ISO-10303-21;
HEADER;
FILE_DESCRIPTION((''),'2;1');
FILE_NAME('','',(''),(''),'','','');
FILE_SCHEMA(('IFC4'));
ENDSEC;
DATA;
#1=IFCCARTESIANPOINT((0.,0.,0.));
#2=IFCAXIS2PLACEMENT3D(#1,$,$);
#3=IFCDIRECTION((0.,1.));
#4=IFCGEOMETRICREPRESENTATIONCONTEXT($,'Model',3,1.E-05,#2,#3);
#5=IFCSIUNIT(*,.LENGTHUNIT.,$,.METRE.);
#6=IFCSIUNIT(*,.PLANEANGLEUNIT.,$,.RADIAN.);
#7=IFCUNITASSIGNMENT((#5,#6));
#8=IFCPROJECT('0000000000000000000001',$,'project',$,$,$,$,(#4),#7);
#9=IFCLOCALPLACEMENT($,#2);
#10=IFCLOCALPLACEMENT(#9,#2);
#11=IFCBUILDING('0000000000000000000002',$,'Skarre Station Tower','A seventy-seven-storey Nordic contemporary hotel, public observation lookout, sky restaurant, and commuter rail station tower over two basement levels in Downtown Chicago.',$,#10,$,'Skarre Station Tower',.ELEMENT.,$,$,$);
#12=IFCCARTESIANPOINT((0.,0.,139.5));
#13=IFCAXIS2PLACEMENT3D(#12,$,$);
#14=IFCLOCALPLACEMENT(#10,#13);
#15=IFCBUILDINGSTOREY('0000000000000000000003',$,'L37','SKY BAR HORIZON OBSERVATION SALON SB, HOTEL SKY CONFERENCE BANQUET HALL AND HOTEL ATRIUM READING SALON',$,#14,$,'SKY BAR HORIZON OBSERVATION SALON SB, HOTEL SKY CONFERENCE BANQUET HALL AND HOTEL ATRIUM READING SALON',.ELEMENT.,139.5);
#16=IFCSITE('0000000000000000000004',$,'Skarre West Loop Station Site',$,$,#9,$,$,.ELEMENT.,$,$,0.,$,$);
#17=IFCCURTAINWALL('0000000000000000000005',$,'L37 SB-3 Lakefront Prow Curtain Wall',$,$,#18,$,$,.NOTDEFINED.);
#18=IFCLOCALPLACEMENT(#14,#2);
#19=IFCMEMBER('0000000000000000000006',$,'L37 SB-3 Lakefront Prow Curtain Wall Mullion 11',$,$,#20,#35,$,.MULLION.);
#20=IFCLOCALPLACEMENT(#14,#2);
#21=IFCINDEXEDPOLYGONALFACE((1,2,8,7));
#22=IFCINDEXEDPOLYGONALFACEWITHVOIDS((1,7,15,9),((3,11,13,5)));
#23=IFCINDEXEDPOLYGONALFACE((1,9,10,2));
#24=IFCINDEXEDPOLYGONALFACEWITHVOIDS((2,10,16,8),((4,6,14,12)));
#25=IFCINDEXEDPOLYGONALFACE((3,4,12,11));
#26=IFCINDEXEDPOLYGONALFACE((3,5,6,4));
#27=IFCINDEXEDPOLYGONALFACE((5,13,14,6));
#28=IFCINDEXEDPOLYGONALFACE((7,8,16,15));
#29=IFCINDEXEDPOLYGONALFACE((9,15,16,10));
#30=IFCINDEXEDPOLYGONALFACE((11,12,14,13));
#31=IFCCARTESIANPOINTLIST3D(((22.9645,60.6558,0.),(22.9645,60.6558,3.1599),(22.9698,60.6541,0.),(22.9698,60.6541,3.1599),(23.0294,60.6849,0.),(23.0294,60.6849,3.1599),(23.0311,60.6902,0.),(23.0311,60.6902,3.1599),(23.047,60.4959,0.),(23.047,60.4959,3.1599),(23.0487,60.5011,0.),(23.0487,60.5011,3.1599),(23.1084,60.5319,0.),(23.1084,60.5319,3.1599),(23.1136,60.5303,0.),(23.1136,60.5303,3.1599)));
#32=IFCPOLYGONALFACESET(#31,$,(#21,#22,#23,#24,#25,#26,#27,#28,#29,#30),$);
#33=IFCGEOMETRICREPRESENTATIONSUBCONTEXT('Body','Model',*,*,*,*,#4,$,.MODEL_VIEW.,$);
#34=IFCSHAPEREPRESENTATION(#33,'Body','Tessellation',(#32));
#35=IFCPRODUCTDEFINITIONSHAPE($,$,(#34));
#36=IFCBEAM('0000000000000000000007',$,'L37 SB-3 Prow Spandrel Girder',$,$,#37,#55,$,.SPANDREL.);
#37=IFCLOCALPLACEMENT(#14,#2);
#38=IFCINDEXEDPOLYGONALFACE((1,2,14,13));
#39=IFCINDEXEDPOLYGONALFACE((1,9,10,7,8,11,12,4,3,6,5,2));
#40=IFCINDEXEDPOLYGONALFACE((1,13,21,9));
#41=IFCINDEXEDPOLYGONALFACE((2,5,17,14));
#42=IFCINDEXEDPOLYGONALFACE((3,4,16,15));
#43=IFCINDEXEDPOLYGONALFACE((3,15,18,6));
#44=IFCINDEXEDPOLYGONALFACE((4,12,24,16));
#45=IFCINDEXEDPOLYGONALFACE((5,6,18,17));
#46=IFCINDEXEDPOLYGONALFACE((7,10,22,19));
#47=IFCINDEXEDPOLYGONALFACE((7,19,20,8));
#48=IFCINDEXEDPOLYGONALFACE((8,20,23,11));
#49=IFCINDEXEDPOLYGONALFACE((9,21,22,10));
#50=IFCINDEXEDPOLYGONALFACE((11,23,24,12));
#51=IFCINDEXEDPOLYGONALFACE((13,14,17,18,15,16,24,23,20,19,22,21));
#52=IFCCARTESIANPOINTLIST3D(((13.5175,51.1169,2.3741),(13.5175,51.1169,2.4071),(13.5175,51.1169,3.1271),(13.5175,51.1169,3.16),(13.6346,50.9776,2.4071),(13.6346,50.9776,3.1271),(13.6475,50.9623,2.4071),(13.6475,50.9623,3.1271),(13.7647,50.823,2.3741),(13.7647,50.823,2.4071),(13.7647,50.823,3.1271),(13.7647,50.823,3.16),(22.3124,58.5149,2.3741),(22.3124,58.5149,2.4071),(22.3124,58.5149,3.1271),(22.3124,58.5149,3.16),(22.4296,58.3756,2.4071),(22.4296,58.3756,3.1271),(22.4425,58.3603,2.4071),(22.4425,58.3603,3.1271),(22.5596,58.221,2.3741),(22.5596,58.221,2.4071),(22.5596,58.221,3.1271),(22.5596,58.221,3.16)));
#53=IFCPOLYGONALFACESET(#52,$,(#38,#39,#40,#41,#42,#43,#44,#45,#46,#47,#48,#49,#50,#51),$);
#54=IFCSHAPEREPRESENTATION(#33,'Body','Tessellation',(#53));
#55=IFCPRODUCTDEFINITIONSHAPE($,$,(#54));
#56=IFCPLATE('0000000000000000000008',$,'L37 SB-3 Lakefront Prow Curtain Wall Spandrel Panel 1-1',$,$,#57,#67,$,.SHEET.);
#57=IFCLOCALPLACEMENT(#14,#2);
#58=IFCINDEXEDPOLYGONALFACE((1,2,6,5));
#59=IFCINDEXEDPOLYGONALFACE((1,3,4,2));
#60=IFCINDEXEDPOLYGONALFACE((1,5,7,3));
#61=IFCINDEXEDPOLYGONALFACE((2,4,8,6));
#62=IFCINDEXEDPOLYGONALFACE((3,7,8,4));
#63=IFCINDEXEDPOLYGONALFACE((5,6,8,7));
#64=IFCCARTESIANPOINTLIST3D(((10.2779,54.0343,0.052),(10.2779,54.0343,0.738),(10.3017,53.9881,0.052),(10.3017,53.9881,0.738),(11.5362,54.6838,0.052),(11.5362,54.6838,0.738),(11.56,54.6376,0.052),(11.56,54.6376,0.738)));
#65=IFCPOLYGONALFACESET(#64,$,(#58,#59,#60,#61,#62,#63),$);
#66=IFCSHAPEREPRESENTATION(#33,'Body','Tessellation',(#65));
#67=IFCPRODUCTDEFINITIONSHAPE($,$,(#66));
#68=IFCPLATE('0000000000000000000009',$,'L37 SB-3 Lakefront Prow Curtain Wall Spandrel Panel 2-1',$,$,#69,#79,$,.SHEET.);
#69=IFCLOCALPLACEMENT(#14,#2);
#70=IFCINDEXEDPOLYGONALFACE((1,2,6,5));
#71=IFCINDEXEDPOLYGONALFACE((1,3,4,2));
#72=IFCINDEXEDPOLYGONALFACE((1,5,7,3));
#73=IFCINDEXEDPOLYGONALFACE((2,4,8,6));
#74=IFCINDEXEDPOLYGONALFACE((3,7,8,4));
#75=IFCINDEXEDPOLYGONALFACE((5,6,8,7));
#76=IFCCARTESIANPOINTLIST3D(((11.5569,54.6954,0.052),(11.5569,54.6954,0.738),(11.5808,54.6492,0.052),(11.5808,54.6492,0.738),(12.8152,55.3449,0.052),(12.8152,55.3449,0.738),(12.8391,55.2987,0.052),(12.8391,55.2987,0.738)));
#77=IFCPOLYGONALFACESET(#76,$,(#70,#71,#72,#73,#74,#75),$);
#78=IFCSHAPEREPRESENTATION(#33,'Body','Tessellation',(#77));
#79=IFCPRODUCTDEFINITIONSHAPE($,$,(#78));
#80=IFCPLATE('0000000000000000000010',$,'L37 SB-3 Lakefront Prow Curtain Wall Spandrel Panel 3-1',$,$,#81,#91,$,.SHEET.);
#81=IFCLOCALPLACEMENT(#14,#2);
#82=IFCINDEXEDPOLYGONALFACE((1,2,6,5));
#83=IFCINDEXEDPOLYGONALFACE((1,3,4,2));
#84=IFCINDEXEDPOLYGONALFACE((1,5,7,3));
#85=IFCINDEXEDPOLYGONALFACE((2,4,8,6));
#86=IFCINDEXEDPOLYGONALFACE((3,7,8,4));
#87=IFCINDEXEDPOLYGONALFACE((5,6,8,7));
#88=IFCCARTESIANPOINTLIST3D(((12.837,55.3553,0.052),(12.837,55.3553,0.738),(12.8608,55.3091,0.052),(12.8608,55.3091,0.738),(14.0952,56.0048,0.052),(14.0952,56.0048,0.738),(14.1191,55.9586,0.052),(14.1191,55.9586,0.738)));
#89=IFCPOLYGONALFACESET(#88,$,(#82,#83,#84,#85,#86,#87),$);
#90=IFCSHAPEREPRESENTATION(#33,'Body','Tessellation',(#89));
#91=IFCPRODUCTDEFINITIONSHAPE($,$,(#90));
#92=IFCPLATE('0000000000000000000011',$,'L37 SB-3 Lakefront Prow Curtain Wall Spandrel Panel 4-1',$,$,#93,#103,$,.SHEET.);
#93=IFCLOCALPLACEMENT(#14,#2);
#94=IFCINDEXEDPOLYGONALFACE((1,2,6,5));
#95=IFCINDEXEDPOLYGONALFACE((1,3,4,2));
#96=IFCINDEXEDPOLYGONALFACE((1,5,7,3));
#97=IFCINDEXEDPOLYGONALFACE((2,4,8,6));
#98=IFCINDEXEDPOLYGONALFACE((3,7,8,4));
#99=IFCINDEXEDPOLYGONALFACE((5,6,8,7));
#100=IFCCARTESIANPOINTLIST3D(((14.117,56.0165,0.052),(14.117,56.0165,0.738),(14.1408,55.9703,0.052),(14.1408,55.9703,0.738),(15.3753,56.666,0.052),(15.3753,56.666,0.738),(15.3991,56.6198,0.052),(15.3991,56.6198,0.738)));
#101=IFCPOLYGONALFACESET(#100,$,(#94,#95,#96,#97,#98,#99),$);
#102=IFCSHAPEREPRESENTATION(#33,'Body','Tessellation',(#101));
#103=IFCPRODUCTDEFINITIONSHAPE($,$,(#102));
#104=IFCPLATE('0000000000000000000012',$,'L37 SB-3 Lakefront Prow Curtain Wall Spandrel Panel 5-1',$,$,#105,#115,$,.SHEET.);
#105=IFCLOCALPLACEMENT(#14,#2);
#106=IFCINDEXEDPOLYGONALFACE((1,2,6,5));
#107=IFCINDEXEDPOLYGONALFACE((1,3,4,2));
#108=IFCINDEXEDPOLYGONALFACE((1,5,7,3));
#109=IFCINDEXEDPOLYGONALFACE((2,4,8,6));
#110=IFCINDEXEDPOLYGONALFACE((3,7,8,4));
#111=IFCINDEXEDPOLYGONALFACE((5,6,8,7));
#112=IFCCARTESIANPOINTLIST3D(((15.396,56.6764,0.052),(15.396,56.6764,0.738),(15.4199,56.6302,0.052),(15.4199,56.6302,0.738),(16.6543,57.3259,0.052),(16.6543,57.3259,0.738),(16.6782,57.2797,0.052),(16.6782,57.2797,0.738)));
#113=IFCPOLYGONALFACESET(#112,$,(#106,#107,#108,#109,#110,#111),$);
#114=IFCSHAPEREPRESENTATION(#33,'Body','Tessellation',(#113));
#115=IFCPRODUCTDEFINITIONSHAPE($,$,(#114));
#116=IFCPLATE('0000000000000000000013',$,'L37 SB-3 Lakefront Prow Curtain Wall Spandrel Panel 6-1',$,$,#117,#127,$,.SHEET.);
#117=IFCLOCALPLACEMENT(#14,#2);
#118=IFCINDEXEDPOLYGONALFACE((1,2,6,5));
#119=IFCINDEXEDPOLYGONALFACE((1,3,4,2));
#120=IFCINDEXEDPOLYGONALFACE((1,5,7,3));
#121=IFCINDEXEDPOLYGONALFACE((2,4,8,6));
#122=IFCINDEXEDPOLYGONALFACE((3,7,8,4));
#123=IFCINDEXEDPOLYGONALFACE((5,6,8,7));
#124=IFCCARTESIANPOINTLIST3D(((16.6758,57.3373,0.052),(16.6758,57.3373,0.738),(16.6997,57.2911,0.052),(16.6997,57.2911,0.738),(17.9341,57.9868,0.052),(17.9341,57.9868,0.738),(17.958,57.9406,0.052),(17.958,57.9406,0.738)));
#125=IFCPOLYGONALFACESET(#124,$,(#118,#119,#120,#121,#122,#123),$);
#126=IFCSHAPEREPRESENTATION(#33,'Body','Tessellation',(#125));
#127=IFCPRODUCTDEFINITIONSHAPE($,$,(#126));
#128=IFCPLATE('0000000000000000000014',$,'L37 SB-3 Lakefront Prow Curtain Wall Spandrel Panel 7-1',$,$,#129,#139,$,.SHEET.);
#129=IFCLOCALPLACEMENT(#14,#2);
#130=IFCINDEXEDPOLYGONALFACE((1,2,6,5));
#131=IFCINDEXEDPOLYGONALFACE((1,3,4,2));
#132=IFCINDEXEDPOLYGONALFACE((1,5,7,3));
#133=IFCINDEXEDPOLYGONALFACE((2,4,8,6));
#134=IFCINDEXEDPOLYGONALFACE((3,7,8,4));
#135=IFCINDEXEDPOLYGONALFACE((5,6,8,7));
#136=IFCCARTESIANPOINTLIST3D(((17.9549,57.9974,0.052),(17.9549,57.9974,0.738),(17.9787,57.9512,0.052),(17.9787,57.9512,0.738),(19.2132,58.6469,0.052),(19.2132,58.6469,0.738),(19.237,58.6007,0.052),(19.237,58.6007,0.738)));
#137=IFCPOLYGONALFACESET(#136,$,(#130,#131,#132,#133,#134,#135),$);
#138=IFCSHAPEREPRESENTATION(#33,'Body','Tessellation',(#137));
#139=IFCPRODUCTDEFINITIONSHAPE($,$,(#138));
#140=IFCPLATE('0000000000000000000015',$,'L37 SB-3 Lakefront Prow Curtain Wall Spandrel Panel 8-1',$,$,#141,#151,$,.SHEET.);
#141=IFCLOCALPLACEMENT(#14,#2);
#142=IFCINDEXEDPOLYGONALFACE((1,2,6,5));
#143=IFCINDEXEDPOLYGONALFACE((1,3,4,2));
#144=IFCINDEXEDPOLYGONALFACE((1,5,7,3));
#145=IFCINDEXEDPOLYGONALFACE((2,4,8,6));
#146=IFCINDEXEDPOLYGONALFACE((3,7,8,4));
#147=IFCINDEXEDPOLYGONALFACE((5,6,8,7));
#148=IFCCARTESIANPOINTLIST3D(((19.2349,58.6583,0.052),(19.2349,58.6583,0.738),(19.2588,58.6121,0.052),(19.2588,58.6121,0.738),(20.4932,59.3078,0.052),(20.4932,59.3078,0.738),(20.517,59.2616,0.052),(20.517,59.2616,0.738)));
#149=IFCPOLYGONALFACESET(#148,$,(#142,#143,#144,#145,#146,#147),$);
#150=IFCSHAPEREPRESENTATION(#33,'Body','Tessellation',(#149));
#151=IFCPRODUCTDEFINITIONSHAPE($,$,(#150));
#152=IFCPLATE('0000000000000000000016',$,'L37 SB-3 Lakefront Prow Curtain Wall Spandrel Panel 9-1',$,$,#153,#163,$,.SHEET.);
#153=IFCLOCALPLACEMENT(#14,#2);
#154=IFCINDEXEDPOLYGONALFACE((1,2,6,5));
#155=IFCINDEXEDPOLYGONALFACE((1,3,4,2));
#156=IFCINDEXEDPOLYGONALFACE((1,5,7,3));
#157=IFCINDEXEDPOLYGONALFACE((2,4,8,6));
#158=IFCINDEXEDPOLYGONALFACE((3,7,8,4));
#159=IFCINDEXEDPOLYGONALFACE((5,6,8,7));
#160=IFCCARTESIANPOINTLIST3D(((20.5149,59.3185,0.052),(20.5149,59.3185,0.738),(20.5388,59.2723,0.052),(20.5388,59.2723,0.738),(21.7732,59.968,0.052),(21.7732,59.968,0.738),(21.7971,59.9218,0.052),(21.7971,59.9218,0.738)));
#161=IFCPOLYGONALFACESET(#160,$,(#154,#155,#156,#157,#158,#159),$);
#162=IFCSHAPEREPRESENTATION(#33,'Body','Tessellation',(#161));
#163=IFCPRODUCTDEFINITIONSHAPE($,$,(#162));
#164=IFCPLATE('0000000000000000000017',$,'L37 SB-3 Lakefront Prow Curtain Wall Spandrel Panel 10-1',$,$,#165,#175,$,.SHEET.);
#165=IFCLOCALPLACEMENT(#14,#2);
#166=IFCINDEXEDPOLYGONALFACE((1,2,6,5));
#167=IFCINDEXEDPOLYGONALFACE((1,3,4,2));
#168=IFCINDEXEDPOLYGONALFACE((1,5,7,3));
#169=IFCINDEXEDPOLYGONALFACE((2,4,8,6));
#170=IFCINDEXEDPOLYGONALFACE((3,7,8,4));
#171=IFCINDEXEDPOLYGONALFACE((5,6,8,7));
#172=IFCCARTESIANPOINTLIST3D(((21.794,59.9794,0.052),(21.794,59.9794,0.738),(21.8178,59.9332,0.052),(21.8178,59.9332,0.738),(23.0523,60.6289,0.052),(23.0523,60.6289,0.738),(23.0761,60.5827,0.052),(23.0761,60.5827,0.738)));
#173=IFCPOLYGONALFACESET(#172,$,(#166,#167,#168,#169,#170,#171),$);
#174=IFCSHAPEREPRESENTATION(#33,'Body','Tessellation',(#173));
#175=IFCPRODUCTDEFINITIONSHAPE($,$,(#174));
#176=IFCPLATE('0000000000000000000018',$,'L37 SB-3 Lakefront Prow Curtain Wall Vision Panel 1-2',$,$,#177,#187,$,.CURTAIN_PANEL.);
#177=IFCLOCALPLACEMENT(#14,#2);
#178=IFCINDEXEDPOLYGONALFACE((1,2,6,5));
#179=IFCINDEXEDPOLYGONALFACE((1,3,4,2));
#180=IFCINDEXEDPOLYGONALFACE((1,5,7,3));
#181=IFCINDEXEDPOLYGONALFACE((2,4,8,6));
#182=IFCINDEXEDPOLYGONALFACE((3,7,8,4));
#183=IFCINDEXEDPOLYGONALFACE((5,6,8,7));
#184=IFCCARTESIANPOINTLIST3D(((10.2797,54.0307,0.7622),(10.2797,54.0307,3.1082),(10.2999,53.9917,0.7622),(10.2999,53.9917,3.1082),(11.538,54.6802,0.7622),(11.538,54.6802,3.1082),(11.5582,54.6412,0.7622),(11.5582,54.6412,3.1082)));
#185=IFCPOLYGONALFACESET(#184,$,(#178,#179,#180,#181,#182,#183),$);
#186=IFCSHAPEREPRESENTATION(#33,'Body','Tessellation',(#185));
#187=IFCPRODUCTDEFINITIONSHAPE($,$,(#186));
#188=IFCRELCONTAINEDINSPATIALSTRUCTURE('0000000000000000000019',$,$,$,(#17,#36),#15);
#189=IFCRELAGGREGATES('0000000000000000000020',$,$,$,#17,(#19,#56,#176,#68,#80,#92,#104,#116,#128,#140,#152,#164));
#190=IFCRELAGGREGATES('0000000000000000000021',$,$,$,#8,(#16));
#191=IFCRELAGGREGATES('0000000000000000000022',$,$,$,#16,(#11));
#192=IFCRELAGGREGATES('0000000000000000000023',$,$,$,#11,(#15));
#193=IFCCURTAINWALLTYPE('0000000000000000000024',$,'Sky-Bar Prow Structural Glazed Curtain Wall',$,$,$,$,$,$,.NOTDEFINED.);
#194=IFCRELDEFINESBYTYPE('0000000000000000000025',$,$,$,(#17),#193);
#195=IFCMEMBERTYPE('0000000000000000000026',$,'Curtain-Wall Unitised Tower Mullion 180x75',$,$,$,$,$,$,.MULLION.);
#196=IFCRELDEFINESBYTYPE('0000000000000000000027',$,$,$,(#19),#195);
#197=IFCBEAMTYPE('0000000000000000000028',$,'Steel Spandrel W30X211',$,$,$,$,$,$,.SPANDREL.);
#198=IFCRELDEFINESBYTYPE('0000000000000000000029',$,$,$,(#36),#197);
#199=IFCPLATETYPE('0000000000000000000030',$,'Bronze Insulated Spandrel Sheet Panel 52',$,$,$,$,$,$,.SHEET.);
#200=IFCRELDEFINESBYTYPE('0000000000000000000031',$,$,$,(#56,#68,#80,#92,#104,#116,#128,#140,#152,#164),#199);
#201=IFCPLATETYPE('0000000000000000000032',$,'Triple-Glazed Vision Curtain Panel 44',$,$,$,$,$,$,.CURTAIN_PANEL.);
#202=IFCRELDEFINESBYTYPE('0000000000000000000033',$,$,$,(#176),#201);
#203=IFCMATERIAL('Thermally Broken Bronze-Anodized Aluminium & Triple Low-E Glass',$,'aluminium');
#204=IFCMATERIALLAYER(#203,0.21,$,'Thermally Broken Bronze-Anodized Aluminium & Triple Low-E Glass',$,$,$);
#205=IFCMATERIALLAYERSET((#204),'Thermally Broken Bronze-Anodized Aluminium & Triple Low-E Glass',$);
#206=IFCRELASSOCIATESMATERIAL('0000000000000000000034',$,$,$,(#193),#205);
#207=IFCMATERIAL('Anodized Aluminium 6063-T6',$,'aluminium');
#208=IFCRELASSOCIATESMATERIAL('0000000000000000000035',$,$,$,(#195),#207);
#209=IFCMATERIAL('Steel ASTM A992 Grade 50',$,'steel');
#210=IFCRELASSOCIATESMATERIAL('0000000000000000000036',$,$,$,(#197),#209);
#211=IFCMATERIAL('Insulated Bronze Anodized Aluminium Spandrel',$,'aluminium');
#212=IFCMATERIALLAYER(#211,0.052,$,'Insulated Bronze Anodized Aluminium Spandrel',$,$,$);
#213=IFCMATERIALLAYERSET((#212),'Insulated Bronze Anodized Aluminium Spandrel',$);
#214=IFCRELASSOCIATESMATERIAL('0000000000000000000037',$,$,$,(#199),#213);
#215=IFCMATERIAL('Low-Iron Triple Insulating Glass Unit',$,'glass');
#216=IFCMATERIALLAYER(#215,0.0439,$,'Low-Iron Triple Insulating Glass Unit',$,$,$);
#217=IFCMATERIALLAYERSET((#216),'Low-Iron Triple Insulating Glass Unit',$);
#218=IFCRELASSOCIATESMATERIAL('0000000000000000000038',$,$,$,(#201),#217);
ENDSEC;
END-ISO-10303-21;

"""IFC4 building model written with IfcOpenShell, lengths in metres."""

from ifc_helpers import new_model, si_unit, direction, frame, origin, origin_2d, place, context, subcontext, project, spatial, rectangle, hollow_rectangle, i_section, extrude, material, layer, layer_set, material_profile, profile_set, type_object, element, aggregate, save


model = new_model("IFC4")

# Units and contexts
model_context = context("Model", 3, precision=1e-05, world=origin(), true_north=direction((0.0, 1.0)))
body_context = subcontext(model_context, "Body", "Model", "MODEL_VIEW")
ifc_project = project(units=[si_unit("LENGTHUNIT", "METRE"), si_unit("PLANEANGLEUNIT", "RADIAN")], contexts=[model_context])

# Site, building, storey
site_placement = place(None, origin())
site = spatial("IfcSite", under=ifc_project, at=site_placement, Name="Skarre West Loop Station Site", CompositionType="ELEMENT", RefElevation=0.0)
building_placement = place(site_placement, origin())
building = spatial("IfcBuilding", under=site, at=building_placement, Name="Skarre Station Tower", Description="A seventy-seven-storey Nordic contemporary hotel, public observation lookout, sky restaurant, and commuter rail station tower over two basement levels in Downtown Chicago.", LongName="Skarre Station Tower", CompositionType="ELEMENT")
storey_placement = place(building_placement, frame((0.0, 0.0, 139.5)))
storey = spatial("IfcBuildingStorey", under=building, at=storey_placement, Name="L37", Description="SKY BAR HORIZON OBSERVATION SALON SB, HOTEL SKY CONFERENCE BANQUET HALL AND HOTEL ATRIUM READING SALON", LongName="SKY BAR HORIZON OBSERVATION SALON SB, HOTEL SKY CONFERENCE BANQUET HALL AND HOTEL ATRIUM READING SALON", CompositionType="ELEMENT", Elevation=139.5)

# Curtain wall, member
ifc_material_1 = material(Name="Thermally Broken Bronze-Anodized Aluminium & Triple Low-E Glass", Category="aluminium")
ifc_layer_1 = layer(ifc_material_1, 0.21, Name="Thermally Broken Bronze-Anodized Aluminium & Triple Low-E Glass")
ifc_layer_set_1 = layer_set([ifc_layer_1], Name="Thermally Broken Bronze-Anodized Aluminium & Triple Low-E Glass")
curtain_wall_type = type_object("IfcCurtainWallType", Name="Sky-Bar Prow Structural Glazed Curtain Wall", PredefinedType="NOTDEFINED", material=ifc_layer_set_1)
curtain_wall_placement = place(storey_placement, origin())
curtain_wall = element("IfcCurtainWall", 1, at=curtain_wall_placement, inside=storey, type_object=curtain_wall_type, Name="L37 SB-3 Lakefront Prow Curtain Wall", PredefinedType="NOTDEFINED")
ifc_material_2 = material(Name="Anodized Aluminium 6063-T6", Category="aluminium")
ifc_material_profile_1 = material_profile(ifc_material_2, hollow_rectangle(XDim=0.075, YDim=0.1799, WallThickness=0.0039, at=origin_2d()), Name="Anodized Aluminium 6063-T6")
ifc_profile_set_1 = profile_set([ifc_material_profile_1], Name="Anodized Aluminium 6063-T6")
member_type = type_object("IfcMemberType", Name="Curtain-Wall Unitised Tower Mullion 180x75", PredefinedType="MULLION", material=ifc_profile_set_1)
member_1_placement = place(storey_placement, frame((23.0391, 60.593, 0.0), z_axis=(0.0, 0.0, 1.0), x_axis=(0.888601, 0.458681, 0.0)))
member_1 = element("IfcMember", 2, at=member_1_placement, type_object=member_type, Name="L37 SB-3 Lakefront Prow Curtain Wall Mullion 11", PredefinedType="MULLION", context=body_context, shape_type="SweptSolid", body=[
    extrude(hollow_rectangle(XDim=0.075, YDim=0.1799, WallThickness=0.0039, at=origin_2d()), origin(), (0.0, 0.0, 1.0), 3.1599),
])

# Beam
ifc_material_3 = material(Name="Steel ASTM A992 Grade 50", Category="steel")
ifc_material_profile_2 = material_profile(ifc_material_3, i_section(OverallWidth=0.384, OverallDepth=0.7859, WebThickness=0.02, FlangeThickness=0.033, at=origin_2d()), Name="Steel ASTM A992 Grade 50")
ifc_profile_set_2 = profile_set([ifc_material_profile_2], Name="Steel ASTM A992 Grade 50")
beam_type = type_object("IfcBeamType", Name="Steel Spandrel W30X211", PredefinedType="SPANDREL", material=ifc_profile_set_2)
beam_placement = place(storey_placement, frame((22.436, 58.3679, 2.7671), z_axis=(-0.765267, -0.643713, 0.0), x_axis=(0.643713, -0.765267, 0.0)))
element("IfcBeam", 3, at=beam_placement, inside=storey, type_object=beam_type, Name="L37 SB-3 Prow Spandrel Girder", PredefinedType="SPANDREL", context=body_context, shape_type="SweptSolid", body=[
    extrude(i_section(OverallWidth=0.384, OverallDepth=0.7859, WebThickness=0.02, FlangeThickness=0.033, at=origin_2d()), origin(), (0.0, 0.0, 1.0), 11.4927),
])

# Plates
ifc_material_4 = material(Name="Insulated Bronze Anodized Aluminium Spandrel", Category="aluminium")
ifc_layer_2 = layer(ifc_material_4, 0.052, Name="Insulated Bronze Anodized Aluminium Spandrel")
ifc_layer_set_2 = layer_set([ifc_layer_2], Name="Insulated Bronze Anodized Aluminium Spandrel")
plate_type_1 = type_object("IfcPlateType", Name="Bronze Insulated Spandrel Sheet Panel 52", PredefinedType="SHEET", material=ifc_layer_set_2)
plate_1_placement = place(storey_placement, frame((10.9189, 54.3359, 0.052), z_axis=(0.0, 0.0, 1.0), x_axis=(0.888601, 0.458681, 0.0)))
plate_1 = element("IfcPlate", 4, at=plate_1_placement, type_object=plate_type_1, Name="L37 SB-3 Lakefront Prow Curtain Wall Spandrel Panel 1-1", PredefinedType="SHEET", context=body_context, shape_type="SweptSolid", body=[
    extrude(rectangle(XDim=1.416, YDim=0.052, at=origin_2d()), origin(), (0.0, 0.0, 1.0), 0.686),
])
plate_2_placement = place(storey_placement, frame((12.198, 54.9971, 0.052), z_axis=(0.0, 0.0, 1.0), x_axis=(0.888601, 0.458681, 0.0)))
plate_2 = element("IfcPlate", 5, at=plate_2_placement, type_object=plate_type_1, Name="L37 SB-3 Lakefront Prow Curtain Wall Spandrel Panel 2-1", PredefinedType="SHEET", context=body_context, shape_type="SweptSolid", body=[
    extrude(rectangle(XDim=1.416, YDim=0.052, at=origin_2d()), origin(), (0.0, 0.0, 1.0), 0.686),
])
plate_3_placement = place(storey_placement, frame((13.478, 55.657, 0.052), z_axis=(0.0, 0.0, 1.0), x_axis=(0.888601, 0.458681, 0.0)))
plate_3 = element("IfcPlate", 6, at=plate_3_placement, type_object=plate_type_1, Name="L37 SB-3 Lakefront Prow Curtain Wall Spandrel Panel 3-1", PredefinedType="SHEET", context=body_context, shape_type="SweptSolid", body=[
    extrude(rectangle(XDim=1.416, YDim=0.052, at=origin_2d()), origin(), (0.0, 0.0, 1.0), 0.686),
])
plate_4_placement = place(storey_placement, frame((14.7581, 56.3181, 0.052), z_axis=(0.0, 0.0, 1.0), x_axis=(0.888601, 0.458681, 0.0)))
plate_4 = element("IfcPlate", 7, at=plate_4_placement, type_object=plate_type_1, Name="L37 SB-3 Lakefront Prow Curtain Wall Spandrel Panel 4-1", PredefinedType="SHEET", context=body_context, shape_type="SweptSolid", body=[
    extrude(rectangle(XDim=1.416, YDim=0.052, at=origin_2d()), origin(), (0.0, 0.0, 1.0), 0.686),
])
plate_5_placement = place(storey_placement, frame((16.0371, 56.978, 0.052), z_axis=(0.0, 0.0, 1.0), x_axis=(0.888601, 0.458681, 0.0)))
plate_5 = element("IfcPlate", 8, at=plate_5_placement, type_object=plate_type_1, Name="L37 SB-3 Lakefront Prow Curtain Wall Spandrel Panel 5-1", PredefinedType="SHEET", context=body_context, shape_type="SweptSolid", body=[
    extrude(rectangle(XDim=1.416, YDim=0.052, at=origin_2d()), origin(), (0.0, 0.0, 1.0), 0.686),
])
plate_6_placement = place(storey_placement, frame((17.3169, 57.6389, 0.052), z_axis=(0.0, 0.0, 1.0), x_axis=(0.888601, 0.458681, 0.0)))
plate_6 = element("IfcPlate", 9, at=plate_6_placement, type_object=plate_type_1, Name="L37 SB-3 Lakefront Prow Curtain Wall Spandrel Panel 6-1", PredefinedType="SHEET", context=body_context, shape_type="SweptSolid", body=[
    extrude(rectangle(XDim=1.416, YDim=0.052, at=origin_2d()), origin(), (0.0, 0.0, 1.0), 0.686),
])
plate_7_placement = place(storey_placement, frame((18.5959, 58.2991, 0.052), z_axis=(0.0, 0.0, 1.0), x_axis=(0.888601, 0.458681, 0.0)))
plate_7 = element("IfcPlate", 10, at=plate_7_placement, type_object=plate_type_1, Name="L37 SB-3 Lakefront Prow Curtain Wall Spandrel Panel 7-1", PredefinedType="SHEET", context=body_context, shape_type="SweptSolid", body=[
    extrude(rectangle(XDim=1.416, YDim=0.052, at=origin_2d()), origin(), (0.0, 0.0, 1.0), 0.686),
])
plate_8_placement = place(storey_placement, frame((19.876, 58.96, 0.052), z_axis=(0.0, 0.0, 1.0), x_axis=(0.888601, 0.458681, 0.0)))
plate_8 = element("IfcPlate", 11, at=plate_8_placement, type_object=plate_type_1, Name="L37 SB-3 Lakefront Prow Curtain Wall Spandrel Panel 8-1", PredefinedType="SHEET", context=body_context, shape_type="SweptSolid", body=[
    extrude(rectangle(XDim=1.416, YDim=0.052, at=origin_2d()), origin(), (0.0, 0.0, 1.0), 0.686),
])
plate_9_placement = place(storey_placement, frame((21.156, 59.6201, 0.052), z_axis=(0.0, 0.0, 1.0), x_axis=(0.888601, 0.458681, 0.0)))
plate_9 = element("IfcPlate", 12, at=plate_9_placement, type_object=plate_type_1, Name="L37 SB-3 Lakefront Prow Curtain Wall Spandrel Panel 9-1", PredefinedType="SHEET", context=body_context, shape_type="SweptSolid", body=[
    extrude(rectangle(XDim=1.416, YDim=0.052, at=origin_2d()), origin(), (0.0, 0.0, 1.0), 0.686),
])
plate_10_placement = place(storey_placement, frame((22.4351, 60.281, 0.052), z_axis=(0.0, 0.0, 1.0), x_axis=(0.888601, 0.458681, 0.0)))
plate_10 = element("IfcPlate", 13, at=plate_10_placement, type_object=plate_type_1, Name="L37 SB-3 Lakefront Prow Curtain Wall Spandrel Panel 10-1", PredefinedType="SHEET", context=body_context, shape_type="SweptSolid", body=[
    extrude(rectangle(XDim=1.416, YDim=0.052, at=origin_2d()), origin(), (0.0, 0.0, 1.0), 0.686),
])
ifc_material_5 = material(Name="Low-Iron Triple Insulating Glass Unit", Category="glass")
ifc_layer_3 = layer(ifc_material_5, 0.0439, Name="Low-Iron Triple Insulating Glass Unit")
ifc_layer_set_3 = layer_set([ifc_layer_3], Name="Low-Iron Triple Insulating Glass Unit")
plate_type_2 = type_object("IfcPlateType", Name="Triple-Glazed Vision Curtain Panel 44", PredefinedType="CURTAIN_PANEL", material=ifc_layer_set_3)
plate_11_placement = place(storey_placement, frame((10.9189, 54.3359, 0.7622), z_axis=(0.0, 0.0, 1.0), x_axis=(0.888601, 0.458681, 0.0)))
plate_11 = element("IfcPlate", 14, at=plate_11_placement, type_object=plate_type_2, Name="L37 SB-3 Lakefront Prow Curtain Wall Vision Panel 1-2", PredefinedType="CURTAIN_PANEL", context=body_context, shape_type="SweptSolid", body=[
    extrude(rectangle(XDim=1.416, YDim=0.0439, at=origin_2d()), origin(), (0.0, 0.0, 1.0), 2.3459),
])
aggregate(curtain_wall, [member_1, plate_1, plate_11, plate_2, plate_3, plate_4, plate_5, plate_6, plate_7, plate_8, plate_9, plate_10])

save(model, "model.ifc")
